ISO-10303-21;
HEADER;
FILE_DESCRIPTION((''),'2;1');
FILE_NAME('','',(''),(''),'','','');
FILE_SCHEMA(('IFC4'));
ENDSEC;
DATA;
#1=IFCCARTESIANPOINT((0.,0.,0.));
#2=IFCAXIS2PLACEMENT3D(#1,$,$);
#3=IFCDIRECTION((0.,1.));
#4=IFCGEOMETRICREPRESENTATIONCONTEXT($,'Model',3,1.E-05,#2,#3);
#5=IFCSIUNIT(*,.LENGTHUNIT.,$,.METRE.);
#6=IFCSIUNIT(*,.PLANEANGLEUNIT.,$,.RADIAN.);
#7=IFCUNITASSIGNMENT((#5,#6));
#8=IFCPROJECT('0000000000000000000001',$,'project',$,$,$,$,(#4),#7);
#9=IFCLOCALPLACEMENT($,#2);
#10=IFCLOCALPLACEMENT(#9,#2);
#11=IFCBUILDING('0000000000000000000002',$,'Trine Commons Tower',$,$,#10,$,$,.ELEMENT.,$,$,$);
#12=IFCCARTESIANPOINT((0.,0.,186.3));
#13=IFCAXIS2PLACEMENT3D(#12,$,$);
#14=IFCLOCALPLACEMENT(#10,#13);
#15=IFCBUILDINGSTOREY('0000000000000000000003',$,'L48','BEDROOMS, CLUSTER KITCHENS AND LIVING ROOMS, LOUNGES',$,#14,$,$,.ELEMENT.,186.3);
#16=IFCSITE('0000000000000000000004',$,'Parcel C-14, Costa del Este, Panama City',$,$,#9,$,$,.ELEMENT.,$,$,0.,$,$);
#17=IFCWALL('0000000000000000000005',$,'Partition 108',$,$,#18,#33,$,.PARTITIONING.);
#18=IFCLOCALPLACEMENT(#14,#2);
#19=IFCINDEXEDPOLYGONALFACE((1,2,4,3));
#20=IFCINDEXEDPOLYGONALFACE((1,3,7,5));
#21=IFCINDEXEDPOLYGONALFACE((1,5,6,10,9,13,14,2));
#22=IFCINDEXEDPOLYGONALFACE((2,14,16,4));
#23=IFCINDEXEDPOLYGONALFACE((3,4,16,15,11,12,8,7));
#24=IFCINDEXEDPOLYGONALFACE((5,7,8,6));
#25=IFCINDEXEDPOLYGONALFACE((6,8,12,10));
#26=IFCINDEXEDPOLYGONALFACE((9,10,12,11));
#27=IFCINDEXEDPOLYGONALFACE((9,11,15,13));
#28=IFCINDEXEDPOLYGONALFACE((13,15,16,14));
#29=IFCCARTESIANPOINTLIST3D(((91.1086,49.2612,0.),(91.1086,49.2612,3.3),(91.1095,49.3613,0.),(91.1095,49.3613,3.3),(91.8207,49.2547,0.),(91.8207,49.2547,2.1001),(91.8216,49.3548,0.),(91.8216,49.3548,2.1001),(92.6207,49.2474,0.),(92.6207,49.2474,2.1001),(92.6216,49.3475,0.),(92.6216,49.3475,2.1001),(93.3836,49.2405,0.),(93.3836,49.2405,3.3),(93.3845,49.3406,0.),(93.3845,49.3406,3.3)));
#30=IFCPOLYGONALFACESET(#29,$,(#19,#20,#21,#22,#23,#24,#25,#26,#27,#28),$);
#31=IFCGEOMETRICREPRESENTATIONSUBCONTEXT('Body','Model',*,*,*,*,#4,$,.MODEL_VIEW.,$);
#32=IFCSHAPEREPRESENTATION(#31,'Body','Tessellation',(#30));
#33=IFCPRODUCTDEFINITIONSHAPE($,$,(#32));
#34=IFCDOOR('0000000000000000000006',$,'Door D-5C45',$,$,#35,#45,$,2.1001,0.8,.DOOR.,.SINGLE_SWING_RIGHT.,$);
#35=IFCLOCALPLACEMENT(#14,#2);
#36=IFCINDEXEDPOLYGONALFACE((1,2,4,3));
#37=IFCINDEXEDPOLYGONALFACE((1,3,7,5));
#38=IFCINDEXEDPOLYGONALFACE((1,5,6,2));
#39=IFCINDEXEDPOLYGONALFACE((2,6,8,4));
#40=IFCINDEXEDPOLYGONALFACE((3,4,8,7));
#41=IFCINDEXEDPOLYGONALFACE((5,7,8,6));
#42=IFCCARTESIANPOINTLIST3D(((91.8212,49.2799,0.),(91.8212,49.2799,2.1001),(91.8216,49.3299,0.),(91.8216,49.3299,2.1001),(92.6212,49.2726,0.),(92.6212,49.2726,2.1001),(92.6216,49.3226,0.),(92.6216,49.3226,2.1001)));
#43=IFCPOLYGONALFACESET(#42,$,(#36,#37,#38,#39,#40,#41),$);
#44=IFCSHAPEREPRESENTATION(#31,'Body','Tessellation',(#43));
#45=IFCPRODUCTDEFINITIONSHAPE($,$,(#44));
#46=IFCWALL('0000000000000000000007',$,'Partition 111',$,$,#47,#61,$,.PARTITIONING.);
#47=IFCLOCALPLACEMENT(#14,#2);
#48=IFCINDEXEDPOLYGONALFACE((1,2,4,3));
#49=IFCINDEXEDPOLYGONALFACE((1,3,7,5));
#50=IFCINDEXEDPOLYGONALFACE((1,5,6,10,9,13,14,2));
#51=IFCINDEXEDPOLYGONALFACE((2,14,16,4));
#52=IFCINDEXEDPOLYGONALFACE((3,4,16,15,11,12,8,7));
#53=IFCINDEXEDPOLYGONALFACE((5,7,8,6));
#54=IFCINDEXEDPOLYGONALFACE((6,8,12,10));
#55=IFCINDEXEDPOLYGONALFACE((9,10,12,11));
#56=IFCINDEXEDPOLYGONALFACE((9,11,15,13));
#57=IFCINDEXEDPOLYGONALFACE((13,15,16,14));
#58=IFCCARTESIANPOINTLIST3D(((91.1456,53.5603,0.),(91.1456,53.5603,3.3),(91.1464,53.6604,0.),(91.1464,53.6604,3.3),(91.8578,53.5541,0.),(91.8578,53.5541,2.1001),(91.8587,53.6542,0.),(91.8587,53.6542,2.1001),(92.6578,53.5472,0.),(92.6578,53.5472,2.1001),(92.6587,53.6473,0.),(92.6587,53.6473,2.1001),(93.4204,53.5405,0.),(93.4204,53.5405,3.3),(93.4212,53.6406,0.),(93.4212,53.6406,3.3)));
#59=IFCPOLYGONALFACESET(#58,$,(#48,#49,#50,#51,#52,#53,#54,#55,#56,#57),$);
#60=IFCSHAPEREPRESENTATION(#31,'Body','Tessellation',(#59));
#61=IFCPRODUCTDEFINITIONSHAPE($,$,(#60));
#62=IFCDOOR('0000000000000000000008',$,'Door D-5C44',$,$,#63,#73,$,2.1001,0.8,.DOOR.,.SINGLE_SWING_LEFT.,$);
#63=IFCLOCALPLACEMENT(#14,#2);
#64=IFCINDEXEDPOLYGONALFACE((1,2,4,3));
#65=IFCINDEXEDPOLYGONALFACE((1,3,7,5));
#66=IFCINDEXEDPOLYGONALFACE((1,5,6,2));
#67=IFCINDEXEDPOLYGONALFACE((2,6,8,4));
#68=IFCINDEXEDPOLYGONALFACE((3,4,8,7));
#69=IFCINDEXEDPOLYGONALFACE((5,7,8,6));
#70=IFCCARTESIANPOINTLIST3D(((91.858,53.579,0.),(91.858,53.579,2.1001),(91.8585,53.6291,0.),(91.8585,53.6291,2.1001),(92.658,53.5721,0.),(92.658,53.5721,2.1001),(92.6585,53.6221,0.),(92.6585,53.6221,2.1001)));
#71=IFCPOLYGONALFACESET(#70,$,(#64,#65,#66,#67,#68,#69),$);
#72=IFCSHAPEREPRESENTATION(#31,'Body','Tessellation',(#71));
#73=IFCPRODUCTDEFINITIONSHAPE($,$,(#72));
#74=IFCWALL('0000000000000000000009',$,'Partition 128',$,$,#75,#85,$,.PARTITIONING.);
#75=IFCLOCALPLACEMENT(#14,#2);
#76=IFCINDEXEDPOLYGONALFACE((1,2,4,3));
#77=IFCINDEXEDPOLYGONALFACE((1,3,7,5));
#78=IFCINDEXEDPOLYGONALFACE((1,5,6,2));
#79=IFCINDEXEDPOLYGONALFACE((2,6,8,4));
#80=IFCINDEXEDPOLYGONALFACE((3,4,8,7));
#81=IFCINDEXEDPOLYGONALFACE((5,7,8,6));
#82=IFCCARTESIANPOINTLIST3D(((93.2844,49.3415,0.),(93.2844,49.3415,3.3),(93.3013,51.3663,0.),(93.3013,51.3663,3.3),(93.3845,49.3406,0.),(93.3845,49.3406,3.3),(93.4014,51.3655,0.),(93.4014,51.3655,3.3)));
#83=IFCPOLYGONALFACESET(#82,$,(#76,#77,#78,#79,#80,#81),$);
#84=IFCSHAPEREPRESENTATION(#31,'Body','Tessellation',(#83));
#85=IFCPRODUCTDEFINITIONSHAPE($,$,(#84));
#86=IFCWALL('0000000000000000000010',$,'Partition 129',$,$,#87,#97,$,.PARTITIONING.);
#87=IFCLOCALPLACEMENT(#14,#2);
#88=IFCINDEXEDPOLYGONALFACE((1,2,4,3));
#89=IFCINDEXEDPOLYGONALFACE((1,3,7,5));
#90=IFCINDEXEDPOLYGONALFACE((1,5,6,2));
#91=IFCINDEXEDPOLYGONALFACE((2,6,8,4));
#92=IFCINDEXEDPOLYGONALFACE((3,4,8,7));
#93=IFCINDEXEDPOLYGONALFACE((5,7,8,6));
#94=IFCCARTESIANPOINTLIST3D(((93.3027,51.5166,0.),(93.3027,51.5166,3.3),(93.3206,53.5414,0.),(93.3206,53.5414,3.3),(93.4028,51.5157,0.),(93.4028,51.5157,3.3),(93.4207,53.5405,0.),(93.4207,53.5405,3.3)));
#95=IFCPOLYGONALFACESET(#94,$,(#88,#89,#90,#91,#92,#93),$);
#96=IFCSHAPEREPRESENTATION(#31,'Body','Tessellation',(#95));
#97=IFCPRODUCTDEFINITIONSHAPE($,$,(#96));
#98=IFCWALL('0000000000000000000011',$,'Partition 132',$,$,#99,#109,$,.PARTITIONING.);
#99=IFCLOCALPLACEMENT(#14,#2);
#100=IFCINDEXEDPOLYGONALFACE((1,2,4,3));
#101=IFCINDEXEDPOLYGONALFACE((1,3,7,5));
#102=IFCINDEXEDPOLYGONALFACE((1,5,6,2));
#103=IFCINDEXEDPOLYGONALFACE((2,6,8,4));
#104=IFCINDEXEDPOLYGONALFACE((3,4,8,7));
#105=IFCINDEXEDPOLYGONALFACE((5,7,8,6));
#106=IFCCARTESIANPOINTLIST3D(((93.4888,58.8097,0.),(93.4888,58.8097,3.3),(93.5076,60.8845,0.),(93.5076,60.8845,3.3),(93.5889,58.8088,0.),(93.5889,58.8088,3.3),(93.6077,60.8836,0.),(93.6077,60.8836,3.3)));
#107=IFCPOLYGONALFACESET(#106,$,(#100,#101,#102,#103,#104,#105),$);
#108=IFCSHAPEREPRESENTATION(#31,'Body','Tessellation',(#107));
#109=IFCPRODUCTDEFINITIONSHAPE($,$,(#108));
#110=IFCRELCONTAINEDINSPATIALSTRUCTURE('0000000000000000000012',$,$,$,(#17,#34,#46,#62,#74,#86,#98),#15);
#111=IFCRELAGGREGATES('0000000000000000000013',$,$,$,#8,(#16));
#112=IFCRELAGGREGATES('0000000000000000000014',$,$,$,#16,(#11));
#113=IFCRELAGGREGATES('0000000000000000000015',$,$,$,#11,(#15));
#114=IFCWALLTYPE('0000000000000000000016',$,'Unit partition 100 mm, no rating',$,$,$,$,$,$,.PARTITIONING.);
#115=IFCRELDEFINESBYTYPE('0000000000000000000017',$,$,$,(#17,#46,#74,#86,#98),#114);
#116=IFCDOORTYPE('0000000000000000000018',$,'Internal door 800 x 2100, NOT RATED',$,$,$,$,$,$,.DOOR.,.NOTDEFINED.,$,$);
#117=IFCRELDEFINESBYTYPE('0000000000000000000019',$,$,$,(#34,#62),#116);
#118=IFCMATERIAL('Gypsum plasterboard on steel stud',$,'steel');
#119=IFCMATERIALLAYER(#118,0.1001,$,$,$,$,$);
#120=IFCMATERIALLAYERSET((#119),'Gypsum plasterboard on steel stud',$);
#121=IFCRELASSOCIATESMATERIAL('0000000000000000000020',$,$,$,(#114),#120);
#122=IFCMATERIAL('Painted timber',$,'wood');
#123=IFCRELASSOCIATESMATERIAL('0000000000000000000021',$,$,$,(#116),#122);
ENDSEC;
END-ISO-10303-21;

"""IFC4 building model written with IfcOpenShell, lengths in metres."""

from ifc_helpers import new_model, si_unit, direction, frame, frame_2d, origin, place, context, subcontext, project, spatial, rectangle, extrude, material, layer, layer_set, type_object, element, fill, save


model = new_model("IFC4")

# Units and contexts
model_context = context("Model", 3, precision=1e-05, world=origin(), true_north=direction((0.0, 1.0)))
body_context = subcontext(model_context, "Body", "Model", "MODEL_VIEW")
ifc_project = project(units=[si_unit("LENGTHUNIT", "METRE"), si_unit("PLANEANGLEUNIT", "RADIAN")], contexts=[model_context])

# Site, building, storey
site_placement = place(None, origin())
site = spatial("IfcSite", under=ifc_project, at=site_placement, Name="Parcel C-14, Costa del Este, Panama City", CompositionType="ELEMENT", RefElevation=0.0)
building_placement = place(site_placement, origin())
building = spatial("IfcBuilding", under=site, at=building_placement, Name="Trine Commons Tower", CompositionType="ELEMENT")
storey_placement = place(building_placement, frame((0.0, 0.0, 186.3)))
storey = spatial("IfcBuildingStorey", under=building, at=storey_placement, Name="L48", Description="BEDROOMS, CLUSTER KITCHENS AND LIVING ROOMS, LOUNGES", CompositionType="ELEMENT", Elevation=186.3)

# Shared definitions
ifc_material_1 = material(Name="Gypsum plasterboard on steel stud", Category="steel")

# Shared definitions
ifc_material_2 = material(Name="Painted timber", Category="wood")

# Walls, openings, doors
ifc_layer_1 = layer(ifc_material_1, 0.1001)
ifc_layer_set_1 = layer_set([ifc_layer_1], Name="Gypsum plasterboard on steel stud")
wall_type_1 = type_object("IfcWallType", Name="Unit partition 100 mm, no rating", PredefinedType="PARTITIONING", material=ifc_layer_set_1)
wall_1_placement = place(storey_placement, frame((91.1089, 49.3113, 0.0), z_axis=(0.0, 0.0, 1.0), x_axis=(0.999958, -0.009121, 0.0)))
wall_1 = element("IfcWall", 1, at=wall_1_placement, inside=storey, type_object=wall_type_1, Name="Partition 108", PredefinedType="PARTITIONING", context=body_context, shape_type="SweptSolid", body=[
    extrude(rectangle(XDim=2.2751, YDim=0.1001, at=frame_2d((1.1377, 0.0))), origin(), (0.0, 0.0, 1.0), 3.3),
])
opening_1_placement = place(wall_1_placement, frame((0.7124, 0.0, 0.0)))
opening_1 = element("IfcOpeningElement", 2, at=opening_1_placement, cuts=wall_1, PredefinedType="OPENING", context=body_context, shape_type="SweptSolid", body=[
    extrude(rectangle(XDim=0.8, YDim=2.1001, at=frame_2d((0.3999, 1.05))), frame((0.0, 0.0601, 0.0), z_axis=(0.0, -1.0, 0.0), x_axis=(1.0, 0.0, 0.0)), (0.0, 0.0, 1.0), 0.1201),
])
door_type_1 = type_object("IfcDoorType", Name="Internal door 800 x 2100, NOT RATED", OperationType="NOTDEFINED", PredefinedType="DOOR", material=ifc_material_2)
door_1_placement = place(opening_1_placement, frame((0.8, 0.0, 0.0), z_axis=(0.0, 0.0, 1.0), x_axis=(-1.0, 0.0, 0.0)))
door_1 = element("IfcDoor", 3, at=door_1_placement, inside=storey, type_object=door_type_1, Name="Door D-5C45", OperationType="SINGLE_SWING_RIGHT", OverallHeight=2.1001, OverallWidth=0.8, PredefinedType="DOOR", context=body_context, shape_type="SweptSolid", body=[
    extrude(rectangle(XDim=0.8, YDim=2.1001, at=frame_2d((0.3999, 1.05))), frame((0.0, 0.0249, 0.0), z_axis=(0.0, -1.0, 0.0), x_axis=(1.0, 0.0, 0.0)), (0.0, 0.0, 1.0), 0.05),
])
fill(opening_1, door_1)
wall_2_placement = place(storey_placement, frame((91.146, 53.6104, 0.0), z_axis=(0.0, 0.0, 1.0), x_axis=(0.999962, -0.008693, 0.0)))
wall_2 = element("IfcWall", 4, at=wall_2_placement, inside=storey, type_object=wall_type_1, Name="Partition 111", PredefinedType="PARTITIONING", context=body_context, shape_type="SweptSolid", body=[
    extrude(rectangle(XDim=2.2749, YDim=0.1001, at=frame_2d((1.1375, 0.0))), origin(), (0.0, 0.0, 1.0), 3.3),
])
opening_2_placement = place(wall_2_placement, frame((0.7124, 0.0, 0.0)))
opening_2 = element("IfcOpeningElement", 5, at=opening_2_placement, cuts=wall_2, PredefinedType="OPENING", context=body_context, shape_type="SweptSolid", body=[
    extrude(rectangle(XDim=0.8, YDim=2.1001, at=frame_2d((0.3999, 1.05))), frame((0.0, 0.0601, 0.0), z_axis=(0.0, -1.0, 0.0), x_axis=(1.0, 0.0, 0.0)), (0.0, 0.0, 1.0), 0.1201),
])
door_2_placement = place(opening_2_placement, origin())
door_2 = element("IfcDoor", 6, at=door_2_placement, inside=storey, type_object=door_type_1, Name="Door D-5C44", OperationType="SINGLE_SWING_LEFT", OverallHeight=2.1001, OverallWidth=0.8, PredefinedType="DOOR", context=body_context, shape_type="SweptSolid", body=[
    extrude(rectangle(XDim=0.8, YDim=2.1001, at=frame_2d((0.3999, 1.05))), frame((0.0, 0.0249, 0.0), z_axis=(0.0, -1.0, 0.0), x_axis=(1.0, 0.0, 0.0)), (0.0, 0.0, 1.0), 0.05),
])
fill(opening_2, door_2)

# Walls
for number, where, z_axis, x_axis, name in (
    (7, (93.3345, 49.3411, 0.0), (0.0, 0.0, 1.0), (0.008319, 0.999965, 0.0), "Partition 128"),
    (8, (93.3528, 51.5161, 0.0), (0.0, 0.0, 1.0), (0.008801, 0.999961, 0.0), "Partition 129"),
):
    element("IfcWall", number, at=place(storey_placement, frame(where, z_axis=z_axis, x_axis=x_axis)), inside=storey, type_object=wall_type_1, Name=name, PredefinedType="PARTITIONING", context=body_context, shape_type="SweptSolid", body=[
        extrude(rectangle(XDim=2.0249, YDim=0.1001, at=frame_2d((1.0125, 0.0))), origin(), (0.0, 0.0, 1.0), 3.3),
    ])
wall_3_placement = place(storey_placement, frame((93.5388, 58.8091, 0.0), z_axis=(0.0, 0.0, 1.0), x_axis=(0.00906, 0.999959, 0.0)))
element("IfcWall", 9, at=wall_3_placement, inside=storey, type_object=wall_type_1, Name="Partition 132", PredefinedType="PARTITIONING", context=body_context, shape_type="SweptSolid", body=[
    extrude(rectangle(XDim=2.075, YDim=0.1001, at=frame_2d((1.0376, 0.0))), origin(), (0.0, 0.0, 1.0), 3.3),
])

save(model, "model.ifc")
